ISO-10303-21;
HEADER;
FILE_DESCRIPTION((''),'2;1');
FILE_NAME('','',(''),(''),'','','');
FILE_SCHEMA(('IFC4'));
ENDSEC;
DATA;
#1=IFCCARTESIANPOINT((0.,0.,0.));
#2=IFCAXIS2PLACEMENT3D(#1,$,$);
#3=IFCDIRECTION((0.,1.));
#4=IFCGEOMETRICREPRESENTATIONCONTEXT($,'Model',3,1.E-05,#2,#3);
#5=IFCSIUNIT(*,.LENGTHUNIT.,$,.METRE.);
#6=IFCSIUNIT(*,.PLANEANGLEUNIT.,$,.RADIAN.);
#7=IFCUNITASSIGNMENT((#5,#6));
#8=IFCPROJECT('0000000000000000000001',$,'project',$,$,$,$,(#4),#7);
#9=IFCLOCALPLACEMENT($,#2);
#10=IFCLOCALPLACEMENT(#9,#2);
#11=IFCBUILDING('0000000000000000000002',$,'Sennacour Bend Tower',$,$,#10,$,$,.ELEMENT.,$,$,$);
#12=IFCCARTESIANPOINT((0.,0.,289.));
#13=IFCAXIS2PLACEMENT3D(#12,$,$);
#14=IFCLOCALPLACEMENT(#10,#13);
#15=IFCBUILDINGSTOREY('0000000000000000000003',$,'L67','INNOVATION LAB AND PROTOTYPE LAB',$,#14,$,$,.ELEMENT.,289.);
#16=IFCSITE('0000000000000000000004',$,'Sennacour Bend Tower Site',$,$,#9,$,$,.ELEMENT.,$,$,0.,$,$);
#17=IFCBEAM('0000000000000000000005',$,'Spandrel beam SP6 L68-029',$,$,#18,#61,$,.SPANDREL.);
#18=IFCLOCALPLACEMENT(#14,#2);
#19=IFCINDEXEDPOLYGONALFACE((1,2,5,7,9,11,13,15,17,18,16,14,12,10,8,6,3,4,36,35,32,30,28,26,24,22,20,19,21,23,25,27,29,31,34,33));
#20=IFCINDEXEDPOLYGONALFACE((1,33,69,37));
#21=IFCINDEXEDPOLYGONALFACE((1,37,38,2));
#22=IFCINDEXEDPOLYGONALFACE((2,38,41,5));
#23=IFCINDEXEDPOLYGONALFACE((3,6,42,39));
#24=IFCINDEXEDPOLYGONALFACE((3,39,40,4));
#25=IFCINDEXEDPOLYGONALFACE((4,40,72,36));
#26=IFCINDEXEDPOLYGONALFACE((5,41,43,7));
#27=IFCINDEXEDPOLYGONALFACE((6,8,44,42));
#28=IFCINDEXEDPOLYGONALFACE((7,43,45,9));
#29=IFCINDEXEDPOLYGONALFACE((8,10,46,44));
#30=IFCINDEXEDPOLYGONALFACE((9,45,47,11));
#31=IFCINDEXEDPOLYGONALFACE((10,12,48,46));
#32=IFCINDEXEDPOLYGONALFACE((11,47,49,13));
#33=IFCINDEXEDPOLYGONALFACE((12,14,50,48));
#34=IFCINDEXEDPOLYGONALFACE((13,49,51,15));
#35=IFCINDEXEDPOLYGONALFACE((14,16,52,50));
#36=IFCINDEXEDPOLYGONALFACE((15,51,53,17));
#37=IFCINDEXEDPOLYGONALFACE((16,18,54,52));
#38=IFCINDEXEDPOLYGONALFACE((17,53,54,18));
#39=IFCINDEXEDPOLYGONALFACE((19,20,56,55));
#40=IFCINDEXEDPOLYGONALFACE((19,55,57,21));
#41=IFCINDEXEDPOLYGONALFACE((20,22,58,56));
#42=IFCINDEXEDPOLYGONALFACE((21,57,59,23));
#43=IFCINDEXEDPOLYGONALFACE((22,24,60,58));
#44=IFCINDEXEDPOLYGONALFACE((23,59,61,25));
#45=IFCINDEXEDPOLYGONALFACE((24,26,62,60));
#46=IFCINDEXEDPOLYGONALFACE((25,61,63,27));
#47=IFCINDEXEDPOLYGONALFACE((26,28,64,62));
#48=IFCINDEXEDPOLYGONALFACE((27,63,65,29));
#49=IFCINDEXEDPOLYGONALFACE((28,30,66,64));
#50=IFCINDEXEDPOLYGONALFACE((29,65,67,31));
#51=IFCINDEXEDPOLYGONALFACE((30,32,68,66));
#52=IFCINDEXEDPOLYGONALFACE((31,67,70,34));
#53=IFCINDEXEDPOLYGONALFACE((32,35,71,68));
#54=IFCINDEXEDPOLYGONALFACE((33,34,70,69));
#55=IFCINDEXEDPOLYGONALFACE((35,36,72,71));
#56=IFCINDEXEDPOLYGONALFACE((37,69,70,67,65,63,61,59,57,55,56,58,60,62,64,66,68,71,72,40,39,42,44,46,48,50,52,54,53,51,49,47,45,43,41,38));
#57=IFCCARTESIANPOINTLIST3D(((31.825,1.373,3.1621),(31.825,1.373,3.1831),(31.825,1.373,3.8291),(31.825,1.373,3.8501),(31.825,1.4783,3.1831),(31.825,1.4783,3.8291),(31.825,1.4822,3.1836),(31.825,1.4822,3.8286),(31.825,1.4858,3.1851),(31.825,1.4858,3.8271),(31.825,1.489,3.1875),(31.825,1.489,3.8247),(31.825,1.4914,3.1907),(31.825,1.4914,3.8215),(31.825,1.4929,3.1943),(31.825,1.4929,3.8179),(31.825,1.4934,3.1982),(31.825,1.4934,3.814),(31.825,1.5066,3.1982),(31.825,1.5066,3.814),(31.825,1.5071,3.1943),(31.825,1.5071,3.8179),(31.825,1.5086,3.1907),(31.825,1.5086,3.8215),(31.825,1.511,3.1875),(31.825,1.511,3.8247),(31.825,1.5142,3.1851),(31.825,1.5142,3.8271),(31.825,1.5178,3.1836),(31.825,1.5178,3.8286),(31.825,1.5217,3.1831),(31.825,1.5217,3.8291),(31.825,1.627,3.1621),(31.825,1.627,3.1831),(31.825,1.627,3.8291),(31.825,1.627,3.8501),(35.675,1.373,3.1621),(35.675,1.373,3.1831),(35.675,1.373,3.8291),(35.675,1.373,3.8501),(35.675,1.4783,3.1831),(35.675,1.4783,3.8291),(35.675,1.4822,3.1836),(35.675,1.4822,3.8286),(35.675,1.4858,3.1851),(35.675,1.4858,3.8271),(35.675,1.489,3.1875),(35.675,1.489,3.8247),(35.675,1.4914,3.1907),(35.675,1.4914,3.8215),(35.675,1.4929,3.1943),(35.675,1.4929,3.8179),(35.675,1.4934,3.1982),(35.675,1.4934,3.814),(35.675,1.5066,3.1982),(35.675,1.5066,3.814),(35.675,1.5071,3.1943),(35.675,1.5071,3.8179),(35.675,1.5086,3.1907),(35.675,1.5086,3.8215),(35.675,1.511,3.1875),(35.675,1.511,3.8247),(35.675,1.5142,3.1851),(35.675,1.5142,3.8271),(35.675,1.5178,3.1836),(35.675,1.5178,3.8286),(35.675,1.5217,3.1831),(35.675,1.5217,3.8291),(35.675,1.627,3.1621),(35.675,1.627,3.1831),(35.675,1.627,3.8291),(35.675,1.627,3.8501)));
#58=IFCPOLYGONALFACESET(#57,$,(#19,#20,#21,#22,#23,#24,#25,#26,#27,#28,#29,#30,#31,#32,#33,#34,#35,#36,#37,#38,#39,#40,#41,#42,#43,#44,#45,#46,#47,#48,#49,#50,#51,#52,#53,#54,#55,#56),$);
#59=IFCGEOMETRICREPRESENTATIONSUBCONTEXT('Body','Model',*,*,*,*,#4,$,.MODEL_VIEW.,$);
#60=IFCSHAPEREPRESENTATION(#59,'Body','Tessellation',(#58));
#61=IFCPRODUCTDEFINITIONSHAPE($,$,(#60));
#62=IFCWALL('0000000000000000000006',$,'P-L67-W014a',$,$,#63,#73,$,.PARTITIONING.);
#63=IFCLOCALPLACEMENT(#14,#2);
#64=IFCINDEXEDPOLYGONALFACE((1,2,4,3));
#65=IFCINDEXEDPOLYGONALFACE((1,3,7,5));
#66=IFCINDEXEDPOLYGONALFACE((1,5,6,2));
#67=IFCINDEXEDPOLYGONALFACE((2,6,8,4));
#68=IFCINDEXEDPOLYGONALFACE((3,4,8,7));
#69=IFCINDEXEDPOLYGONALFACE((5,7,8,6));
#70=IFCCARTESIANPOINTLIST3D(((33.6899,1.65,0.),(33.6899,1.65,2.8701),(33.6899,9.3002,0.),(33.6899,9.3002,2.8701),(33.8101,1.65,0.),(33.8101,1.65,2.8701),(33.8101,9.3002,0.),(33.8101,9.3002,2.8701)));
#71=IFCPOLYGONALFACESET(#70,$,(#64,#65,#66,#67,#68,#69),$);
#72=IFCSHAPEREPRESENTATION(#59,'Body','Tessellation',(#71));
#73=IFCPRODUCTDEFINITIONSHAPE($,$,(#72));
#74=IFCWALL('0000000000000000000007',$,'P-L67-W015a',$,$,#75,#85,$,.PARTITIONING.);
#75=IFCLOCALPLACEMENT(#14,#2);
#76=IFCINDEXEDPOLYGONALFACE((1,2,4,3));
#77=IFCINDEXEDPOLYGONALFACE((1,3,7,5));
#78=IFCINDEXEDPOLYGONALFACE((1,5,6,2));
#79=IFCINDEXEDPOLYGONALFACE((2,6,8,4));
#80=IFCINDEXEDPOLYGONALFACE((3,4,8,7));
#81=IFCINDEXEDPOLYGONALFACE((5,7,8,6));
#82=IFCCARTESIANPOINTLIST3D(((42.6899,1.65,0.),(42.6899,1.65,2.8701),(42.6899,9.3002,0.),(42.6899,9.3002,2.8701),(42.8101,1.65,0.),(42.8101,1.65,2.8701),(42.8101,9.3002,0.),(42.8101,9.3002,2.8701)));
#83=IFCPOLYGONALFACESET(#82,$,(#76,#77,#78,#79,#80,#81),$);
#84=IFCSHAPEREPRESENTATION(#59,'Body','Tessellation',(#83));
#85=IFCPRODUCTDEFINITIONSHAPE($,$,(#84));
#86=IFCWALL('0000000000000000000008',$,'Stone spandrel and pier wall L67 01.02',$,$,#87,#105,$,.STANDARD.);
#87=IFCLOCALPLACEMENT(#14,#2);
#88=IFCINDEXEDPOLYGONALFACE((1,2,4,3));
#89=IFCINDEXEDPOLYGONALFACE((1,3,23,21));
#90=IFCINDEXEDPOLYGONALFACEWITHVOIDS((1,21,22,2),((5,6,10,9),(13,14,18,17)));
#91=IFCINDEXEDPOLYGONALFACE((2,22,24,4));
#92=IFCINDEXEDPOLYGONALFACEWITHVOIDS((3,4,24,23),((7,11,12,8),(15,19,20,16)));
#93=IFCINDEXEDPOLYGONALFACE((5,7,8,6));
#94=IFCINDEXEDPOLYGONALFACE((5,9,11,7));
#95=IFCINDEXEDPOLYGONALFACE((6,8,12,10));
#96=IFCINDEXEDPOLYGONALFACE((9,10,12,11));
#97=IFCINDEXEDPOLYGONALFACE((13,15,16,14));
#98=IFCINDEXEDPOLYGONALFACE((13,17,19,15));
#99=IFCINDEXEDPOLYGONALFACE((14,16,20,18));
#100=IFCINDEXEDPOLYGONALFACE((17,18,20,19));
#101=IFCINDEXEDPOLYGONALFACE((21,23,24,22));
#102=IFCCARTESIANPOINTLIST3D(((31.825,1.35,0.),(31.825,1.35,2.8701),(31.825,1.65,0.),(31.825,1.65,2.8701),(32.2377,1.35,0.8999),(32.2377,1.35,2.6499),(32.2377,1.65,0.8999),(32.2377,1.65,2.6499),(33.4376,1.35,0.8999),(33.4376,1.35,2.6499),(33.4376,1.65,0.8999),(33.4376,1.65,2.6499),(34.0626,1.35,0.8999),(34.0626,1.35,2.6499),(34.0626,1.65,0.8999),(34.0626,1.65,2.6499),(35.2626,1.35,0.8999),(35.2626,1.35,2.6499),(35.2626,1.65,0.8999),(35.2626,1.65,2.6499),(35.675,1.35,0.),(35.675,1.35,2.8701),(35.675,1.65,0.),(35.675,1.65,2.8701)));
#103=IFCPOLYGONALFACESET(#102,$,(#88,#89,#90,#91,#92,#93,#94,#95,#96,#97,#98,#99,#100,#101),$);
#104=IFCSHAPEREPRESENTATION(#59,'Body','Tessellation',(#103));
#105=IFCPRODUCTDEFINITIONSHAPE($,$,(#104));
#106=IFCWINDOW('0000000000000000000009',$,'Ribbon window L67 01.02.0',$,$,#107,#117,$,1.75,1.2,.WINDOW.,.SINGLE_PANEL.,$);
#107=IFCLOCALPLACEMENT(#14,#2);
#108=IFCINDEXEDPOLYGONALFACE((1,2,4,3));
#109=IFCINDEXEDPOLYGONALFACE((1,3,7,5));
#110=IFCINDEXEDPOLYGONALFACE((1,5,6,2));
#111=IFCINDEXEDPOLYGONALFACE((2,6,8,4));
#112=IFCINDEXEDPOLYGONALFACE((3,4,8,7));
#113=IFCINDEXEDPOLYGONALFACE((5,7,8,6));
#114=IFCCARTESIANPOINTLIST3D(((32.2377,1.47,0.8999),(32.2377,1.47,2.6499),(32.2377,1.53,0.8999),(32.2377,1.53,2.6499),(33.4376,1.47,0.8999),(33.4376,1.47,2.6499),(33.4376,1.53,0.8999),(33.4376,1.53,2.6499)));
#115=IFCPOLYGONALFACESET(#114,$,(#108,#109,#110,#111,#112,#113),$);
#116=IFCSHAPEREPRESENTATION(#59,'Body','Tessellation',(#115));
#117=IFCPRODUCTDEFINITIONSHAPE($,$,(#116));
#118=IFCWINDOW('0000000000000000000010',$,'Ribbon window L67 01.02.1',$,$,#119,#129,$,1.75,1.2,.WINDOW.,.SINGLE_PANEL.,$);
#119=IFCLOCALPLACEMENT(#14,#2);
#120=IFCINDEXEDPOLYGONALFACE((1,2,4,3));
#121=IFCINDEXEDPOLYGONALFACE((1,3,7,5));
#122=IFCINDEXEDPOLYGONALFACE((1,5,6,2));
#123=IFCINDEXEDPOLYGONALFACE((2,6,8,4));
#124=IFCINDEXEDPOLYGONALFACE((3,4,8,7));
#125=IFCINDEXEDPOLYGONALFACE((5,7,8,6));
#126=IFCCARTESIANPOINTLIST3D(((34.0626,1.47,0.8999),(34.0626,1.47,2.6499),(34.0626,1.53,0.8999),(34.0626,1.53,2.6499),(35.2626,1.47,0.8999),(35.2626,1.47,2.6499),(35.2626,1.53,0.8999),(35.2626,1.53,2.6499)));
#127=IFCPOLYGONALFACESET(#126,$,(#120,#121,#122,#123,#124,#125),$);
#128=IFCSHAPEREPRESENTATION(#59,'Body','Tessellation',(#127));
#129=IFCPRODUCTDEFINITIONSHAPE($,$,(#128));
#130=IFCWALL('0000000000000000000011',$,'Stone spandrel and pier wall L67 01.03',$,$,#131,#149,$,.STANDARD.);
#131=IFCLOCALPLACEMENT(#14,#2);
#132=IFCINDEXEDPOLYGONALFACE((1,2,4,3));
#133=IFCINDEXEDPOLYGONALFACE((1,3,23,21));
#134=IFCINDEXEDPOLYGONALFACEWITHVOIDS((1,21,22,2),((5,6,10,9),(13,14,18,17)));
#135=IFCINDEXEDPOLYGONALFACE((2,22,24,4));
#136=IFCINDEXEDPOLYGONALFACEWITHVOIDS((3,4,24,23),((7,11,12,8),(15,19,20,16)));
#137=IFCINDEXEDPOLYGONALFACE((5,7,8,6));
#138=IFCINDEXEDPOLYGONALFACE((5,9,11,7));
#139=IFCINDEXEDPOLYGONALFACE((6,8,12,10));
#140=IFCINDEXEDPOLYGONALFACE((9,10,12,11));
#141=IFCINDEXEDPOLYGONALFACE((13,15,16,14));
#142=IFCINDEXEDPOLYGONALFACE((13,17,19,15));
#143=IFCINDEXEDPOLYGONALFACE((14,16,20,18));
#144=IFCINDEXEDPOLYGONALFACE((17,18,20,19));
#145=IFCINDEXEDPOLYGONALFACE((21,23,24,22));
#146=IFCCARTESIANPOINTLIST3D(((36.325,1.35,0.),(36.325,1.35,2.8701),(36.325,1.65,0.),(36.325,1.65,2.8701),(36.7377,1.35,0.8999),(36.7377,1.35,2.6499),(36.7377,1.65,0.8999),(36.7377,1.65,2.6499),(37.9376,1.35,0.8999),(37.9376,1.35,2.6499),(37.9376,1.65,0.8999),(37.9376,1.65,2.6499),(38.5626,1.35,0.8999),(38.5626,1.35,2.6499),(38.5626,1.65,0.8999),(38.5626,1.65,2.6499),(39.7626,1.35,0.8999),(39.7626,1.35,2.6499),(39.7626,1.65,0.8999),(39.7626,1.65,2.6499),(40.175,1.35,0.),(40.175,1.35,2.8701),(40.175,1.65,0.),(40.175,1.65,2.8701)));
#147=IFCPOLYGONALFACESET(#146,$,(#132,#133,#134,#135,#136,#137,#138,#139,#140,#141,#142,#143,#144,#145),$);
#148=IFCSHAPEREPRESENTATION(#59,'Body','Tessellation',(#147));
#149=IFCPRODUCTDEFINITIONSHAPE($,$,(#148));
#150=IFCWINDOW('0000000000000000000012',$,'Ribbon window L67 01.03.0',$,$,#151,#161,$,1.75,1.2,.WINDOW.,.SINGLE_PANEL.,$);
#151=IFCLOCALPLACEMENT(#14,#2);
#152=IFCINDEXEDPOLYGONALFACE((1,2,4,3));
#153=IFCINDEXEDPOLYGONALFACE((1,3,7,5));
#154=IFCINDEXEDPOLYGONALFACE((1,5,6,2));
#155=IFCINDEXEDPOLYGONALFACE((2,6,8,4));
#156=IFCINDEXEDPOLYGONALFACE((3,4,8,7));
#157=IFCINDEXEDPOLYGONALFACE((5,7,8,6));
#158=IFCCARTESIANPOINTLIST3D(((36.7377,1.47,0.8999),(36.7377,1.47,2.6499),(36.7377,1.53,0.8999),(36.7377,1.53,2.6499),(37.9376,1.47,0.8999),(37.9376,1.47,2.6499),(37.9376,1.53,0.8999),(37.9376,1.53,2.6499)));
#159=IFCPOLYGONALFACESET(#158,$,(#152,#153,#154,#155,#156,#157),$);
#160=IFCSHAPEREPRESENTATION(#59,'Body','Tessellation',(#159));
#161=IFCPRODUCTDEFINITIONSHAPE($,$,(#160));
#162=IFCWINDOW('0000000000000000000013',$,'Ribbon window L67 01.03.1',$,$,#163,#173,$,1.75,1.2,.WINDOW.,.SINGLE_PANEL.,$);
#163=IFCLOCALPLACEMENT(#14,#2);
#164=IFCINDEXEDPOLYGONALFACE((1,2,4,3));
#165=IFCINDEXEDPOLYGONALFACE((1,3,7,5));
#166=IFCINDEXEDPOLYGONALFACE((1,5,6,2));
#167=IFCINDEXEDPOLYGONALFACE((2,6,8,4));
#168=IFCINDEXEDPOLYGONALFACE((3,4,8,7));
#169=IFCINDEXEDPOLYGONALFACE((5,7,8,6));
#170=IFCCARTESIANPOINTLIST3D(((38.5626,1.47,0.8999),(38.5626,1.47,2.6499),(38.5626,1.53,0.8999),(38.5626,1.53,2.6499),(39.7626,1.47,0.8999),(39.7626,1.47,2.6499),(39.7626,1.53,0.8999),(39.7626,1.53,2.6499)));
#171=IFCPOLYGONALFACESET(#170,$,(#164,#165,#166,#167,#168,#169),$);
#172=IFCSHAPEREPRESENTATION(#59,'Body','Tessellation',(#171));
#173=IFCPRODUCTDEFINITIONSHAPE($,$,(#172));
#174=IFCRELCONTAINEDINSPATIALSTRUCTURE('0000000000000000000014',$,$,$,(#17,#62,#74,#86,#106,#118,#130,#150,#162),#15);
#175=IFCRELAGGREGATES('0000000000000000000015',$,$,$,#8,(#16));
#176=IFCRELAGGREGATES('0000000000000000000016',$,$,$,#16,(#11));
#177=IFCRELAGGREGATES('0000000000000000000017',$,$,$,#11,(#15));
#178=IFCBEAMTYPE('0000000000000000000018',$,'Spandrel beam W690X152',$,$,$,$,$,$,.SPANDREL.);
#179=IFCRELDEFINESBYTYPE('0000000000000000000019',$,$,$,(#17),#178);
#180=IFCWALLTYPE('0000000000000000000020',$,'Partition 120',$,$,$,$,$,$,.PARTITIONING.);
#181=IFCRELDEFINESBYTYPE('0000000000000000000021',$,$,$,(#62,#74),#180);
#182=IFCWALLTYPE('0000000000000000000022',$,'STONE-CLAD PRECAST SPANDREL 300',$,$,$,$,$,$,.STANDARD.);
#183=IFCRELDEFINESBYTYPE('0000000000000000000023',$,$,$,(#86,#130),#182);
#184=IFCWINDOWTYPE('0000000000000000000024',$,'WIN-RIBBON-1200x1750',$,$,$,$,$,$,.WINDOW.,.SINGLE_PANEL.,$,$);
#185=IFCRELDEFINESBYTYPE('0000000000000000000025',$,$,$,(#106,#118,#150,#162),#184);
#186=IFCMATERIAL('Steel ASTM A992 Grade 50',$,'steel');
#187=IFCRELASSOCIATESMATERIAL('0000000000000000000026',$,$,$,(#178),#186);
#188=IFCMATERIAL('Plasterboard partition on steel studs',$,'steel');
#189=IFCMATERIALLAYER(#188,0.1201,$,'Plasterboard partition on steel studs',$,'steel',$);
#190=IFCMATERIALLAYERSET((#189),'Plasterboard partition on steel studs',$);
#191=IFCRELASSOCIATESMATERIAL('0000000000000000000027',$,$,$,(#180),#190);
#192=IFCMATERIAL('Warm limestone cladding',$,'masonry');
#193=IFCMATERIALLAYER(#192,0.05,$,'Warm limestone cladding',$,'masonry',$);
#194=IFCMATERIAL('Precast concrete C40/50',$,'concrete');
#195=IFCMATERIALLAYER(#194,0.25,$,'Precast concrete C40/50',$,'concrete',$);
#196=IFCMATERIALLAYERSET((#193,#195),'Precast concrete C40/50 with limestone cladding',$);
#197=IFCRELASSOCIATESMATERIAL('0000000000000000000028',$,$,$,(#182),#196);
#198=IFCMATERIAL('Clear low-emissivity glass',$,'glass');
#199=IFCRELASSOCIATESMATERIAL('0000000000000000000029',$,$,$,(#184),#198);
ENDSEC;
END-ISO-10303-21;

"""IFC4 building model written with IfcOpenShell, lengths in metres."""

from ifc_helpers import new_model, si_unit, direction, frame, frame_2d, origin, origin_2d, place, context, subcontext, project, spatial, rectangle, i_section, extrude, material, layer, layer_set, material_profile, profile_set, type_object, element, fill, save


model = new_model("IFC4")

# Units and contexts
model_context = context("Model", 3, precision=1e-05, world=origin(), true_north=direction((0.0, 1.0)))
body_context = subcontext(model_context, "Body", "Model", "MODEL_VIEW")
ifc_project = project(units=[si_unit("LENGTHUNIT", "METRE"), si_unit("PLANEANGLEUNIT", "RADIAN")], contexts=[model_context])

# Site, building, storey
site_placement = place(None, origin())
site = spatial("IfcSite", under=ifc_project, at=site_placement, Name="Sennacour Bend Tower Site", CompositionType="ELEMENT", RefElevation=0.0)
building_placement = place(site_placement, origin())
building = spatial("IfcBuilding", under=site, at=building_placement, Name="Sennacour Bend Tower", CompositionType="ELEMENT")
storey_placement = place(building_placement, frame((0.0, 0.0, 289.0)))
storey = spatial("IfcBuildingStorey", under=building, at=storey_placement, Name="L67", Description="INNOVATION LAB AND PROTOTYPE LAB", CompositionType="ELEMENT", Elevation=289.0)

# Beam
ifc_material_1 = material(Name="Steel ASTM A992 Grade 50", Category="steel")
ifc_material_profile_1 = material_profile(ifc_material_1, i_section(OverallWidth=0.2539, OverallDepth=0.688, WebThickness=0.0132, FlangeThickness=0.021, FilletRadius=0.0151, at=origin_2d()), Name="Steel ASTM A992 Grade 50", Category="steel")
ifc_profile_set_1 = profile_set([ifc_material_profile_1], Name="Steel ASTM A992 Grade 50")
beam_type_1 = type_object("IfcBeamType", Name="Spandrel beam W690X152", PredefinedType="SPANDREL", material=ifc_profile_set_1)
for number, where, z_axis, x_axis, name in (
    (1, (35.675, 1.5, 3.5061), (-1.0, 0.0, 0.0), (0.0, -1.0, 0.0), "Spandrel beam SP6 L68-029"),
):
    element("IfcBeam", number, at=place(storey_placement, frame(where, z_axis=z_axis, x_axis=x_axis)), inside=storey, type_object=beam_type_1, Name=name, PredefinedType="SPANDREL", context=body_context, shape_type="SweptSolid", body=[
        extrude(i_section(OverallWidth=0.2539, OverallDepth=0.688, WebThickness=0.0132, FlangeThickness=0.021, FilletRadius=0.0151, at=origin_2d()), origin(), (0.0, 0.0, 1.0), 3.8501),
    ])

# Walls
ifc_material_2 = material(Name="Plasterboard partition on steel studs", Category="steel")
ifc_layer_1 = layer(ifc_material_2, 0.1201, Name="Plasterboard partition on steel studs", Category="steel")
ifc_layer_set_1 = layer_set([ifc_layer_1], Name="Plasterboard partition on steel studs")
wall_type_1 = type_object("IfcWallType", Name="Partition 120", PredefinedType="PARTITIONING", material=ifc_layer_set_1)
for number, where, z_axis, x_axis, name in (
    (2, (33.75, 1.6499, 0.0), (0.0, 0.0, 1.0), (0.0, 1.0, 0.0), "P-L67-W014a"),
    (3, (42.75, 1.6499, 0.0), (0.0, 0.0, 1.0), (0.0, 1.0, 0.0), "P-L67-W015a"),
):
    element("IfcWall", number, at=place(storey_placement, frame(where, z_axis=z_axis, x_axis=x_axis)), inside=storey, type_object=wall_type_1, Name=name, PredefinedType="PARTITIONING", context=body_context, shape_type="SweptSolid", body=[
        extrude(rectangle(XDim=7.6501, YDim=0.1201, at=frame_2d((3.8252, 0.0))), origin(), (0.0, 0.0, 1.0), 2.8701),
    ])

# Walls, openings, windows
ifc_material_3 = material(Name="Warm limestone cladding", Category="masonry")
ifc_layer_2 = layer(ifc_material_3, 0.05, Name="Warm limestone cladding", Category="masonry")
ifc_material_4 = material(Name="Precast concrete C40/50", Category="concrete")
ifc_layer_3 = layer(ifc_material_4, 0.25, Name="Precast concrete C40/50", Category="concrete")
ifc_layer_set_2 = layer_set([ifc_layer_2, ifc_layer_3], Name="Precast concrete C40/50 with limestone cladding")
wall_type_2 = type_object("IfcWallType", Name="STONE-CLAD PRECAST SPANDREL 300", PredefinedType="STANDARD", material=ifc_layer_set_2)
wall_1_placement = place(storey_placement, frame((31.825, 1.5, 0.0), z_axis=(0.0, 0.0, 1.0), x_axis=(1.0, 0.0, 0.0)))
wall_1 = element("IfcWall", 4, at=wall_1_placement, inside=storey, type_object=wall_type_2, Name="Stone spandrel and pier wall L67 01.02", PredefinedType="STANDARD", context=body_context, shape_type="SweptSolid", body=[
    extrude(rectangle(XDim=3.8501, YDim=0.3, at=frame_2d((1.925, 0.0))), origin(), (0.0, 0.0, 1.0), 2.8701),
])
opening_1_placement = place(wall_1_placement, frame((0.4126, 0.0, 0.8999)))
opening_1 = element("IfcOpeningElement", 5, at=opening_1_placement, cuts=wall_1, PredefinedType="OPENING", context=body_context, shape_type="SweptSolid", body=[
    extrude(rectangle(XDim=1.2, YDim=1.75, at=frame_2d((0.6001, 0.875))), frame((0.0, 0.1602, 0.0), z_axis=(0.0, -1.0, 0.0), x_axis=(1.0, 0.0, 0.0)), (0.0, 0.0, 1.0), 0.3201),
])
opening_2_placement = place(wall_1_placement, frame((2.2375, 0.0, 0.8999)))
opening_2 = element("IfcOpeningElement", 6, at=opening_2_placement, cuts=wall_1, PredefinedType="OPENING", context=body_context, shape_type="SweptSolid", body=[
    extrude(rectangle(XDim=1.2, YDim=1.75, at=frame_2d((0.6001, 0.875))), frame((0.0, 0.1602, 0.0), z_axis=(0.0, -1.0, 0.0), x_axis=(1.0, 0.0, 0.0)), (0.0, 0.0, 1.0), 0.3201),
])
ifc_material_5 = material(Name="Clear low-emissivity glass", Category="glass")
window_type = type_object("IfcWindowType", Name="WIN-RIBBON-1200x1750", PartitioningType="SINGLE_PANEL", PredefinedType="WINDOW", material=ifc_material_5)
window_1_placement = place(opening_1_placement, origin())
window_1 = element("IfcWindow", 7, at=window_1_placement, inside=storey, type_object=window_type, Name="Ribbon window L67 01.02.0", OverallHeight=1.75, OverallWidth=1.2, PartitioningType="SINGLE_PANEL", PredefinedType="WINDOW", context=body_context, shape_type="SweptSolid", body=[
    extrude(rectangle(XDim=1.2, YDim=1.75, at=frame_2d((0.6001, 0.875))), frame((0.0, 0.03, 0.0), z_axis=(0.0, -1.0, 0.0), x_axis=(1.0, 0.0, 0.0)), (0.0, 0.0, 1.0), 0.0601),
])
fill(opening_1, window_1)
window_2_placement = place(opening_2_placement, origin())
window_2 = element("IfcWindow", 8, at=window_2_placement, inside=storey, type_object=window_type, Name="Ribbon window L67 01.02.1", OverallHeight=1.75, OverallWidth=1.2, PartitioningType="SINGLE_PANEL", PredefinedType="WINDOW", context=body_context, shape_type="SweptSolid", body=[
    extrude(rectangle(XDim=1.2, YDim=1.75, at=frame_2d((0.6001, 0.875))), frame((0.0, 0.03, 0.0), z_axis=(0.0, -1.0, 0.0), x_axis=(1.0, 0.0, 0.0)), (0.0, 0.0, 1.0), 0.0601),
])
fill(opening_2, window_2)
wall_2_placement = place(storey_placement, frame((36.325, 1.5, 0.0), z_axis=(0.0, 0.0, 1.0), x_axis=(1.0, 0.0, 0.0)))
wall_2 = element("IfcWall", 9, at=wall_2_placement, inside=storey, type_object=wall_type_2, Name="Stone spandrel and pier wall L67 01.03", PredefinedType="STANDARD", context=body_context, shape_type="SweptSolid", body=[
    extrude(rectangle(XDim=3.8501, YDim=0.3, at=frame_2d((1.925, 0.0))), origin(), (0.0, 0.0, 1.0), 2.8701),
])
opening_3_placement = place(wall_2_placement, frame((0.4126, 0.0, 0.8999)))
opening_3 = element("IfcOpeningElement", 10, at=opening_3_placement, cuts=wall_2, PredefinedType="OPENING", context=body_context, shape_type="SweptSolid", body=[
    extrude(rectangle(XDim=1.2, YDim=1.75, at=frame_2d((0.6001, 0.875))), frame((0.0, 0.1602, 0.0), z_axis=(0.0, -1.0, 0.0), x_axis=(1.0, 0.0, 0.0)), (0.0, 0.0, 1.0), 0.3201),
])
opening_4_placement = place(wall_2_placement, frame((2.2375, 0.0, 0.8999)))
opening_4 = element("IfcOpeningElement", 11, at=opening_4_placement, cuts=wall_2, PredefinedType="OPENING", context=body_context, shape_type="SweptSolid", body=[
    extrude(rectangle(XDim=1.2, YDim=1.75, at=frame_2d((0.6001, 0.875))), frame((0.0, 0.1602, 0.0), z_axis=(0.0, -1.0, 0.0), x_axis=(1.0, 0.0, 0.0)), (0.0, 0.0, 1.0), 0.3201),
])
window_3_placement = place(opening_3_placement, origin())
window_3 = element("IfcWindow", 12, at=window_3_placement, inside=storey, type_object=window_type, Name="Ribbon window L67 01.03.0", OverallHeight=1.75, OverallWidth=1.2, PartitioningType="SINGLE_PANEL", PredefinedType="WINDOW", context=body_context, shape_type="SweptSolid", body=[
    extrude(rectangle(XDim=1.2, YDim=1.75, at=frame_2d((0.6001, 0.875))), frame((0.0, 0.03, 0.0), z_axis=(0.0, -1.0, 0.0), x_axis=(1.0, 0.0, 0.0)), (0.0, 0.0, 1.0), 0.0601),
])
fill(opening_3, window_3)
window_4_placement = place(opening_4_placement, origin())
window_4 = element("IfcWindow", 13, at=window_4_placement, inside=storey, type_object=window_type, Name="Ribbon window L67 01.03.1", OverallHeight=1.75, OverallWidth=1.2, PartitioningType="SINGLE_PANEL", PredefinedType="WINDOW", context=body_context, shape_type="SweptSolid", body=[
    extrude(rectangle(XDim=1.2, YDim=1.75, at=frame_2d((0.6001, 0.875))), frame((0.0, 0.03, 0.0), z_axis=(0.0, -1.0, 0.0), x_axis=(1.0, 0.0, 0.0)), (0.0, 0.0, 1.0), 0.0601),
])
fill(opening_4, window_4)

save(model, "model.ifc")
